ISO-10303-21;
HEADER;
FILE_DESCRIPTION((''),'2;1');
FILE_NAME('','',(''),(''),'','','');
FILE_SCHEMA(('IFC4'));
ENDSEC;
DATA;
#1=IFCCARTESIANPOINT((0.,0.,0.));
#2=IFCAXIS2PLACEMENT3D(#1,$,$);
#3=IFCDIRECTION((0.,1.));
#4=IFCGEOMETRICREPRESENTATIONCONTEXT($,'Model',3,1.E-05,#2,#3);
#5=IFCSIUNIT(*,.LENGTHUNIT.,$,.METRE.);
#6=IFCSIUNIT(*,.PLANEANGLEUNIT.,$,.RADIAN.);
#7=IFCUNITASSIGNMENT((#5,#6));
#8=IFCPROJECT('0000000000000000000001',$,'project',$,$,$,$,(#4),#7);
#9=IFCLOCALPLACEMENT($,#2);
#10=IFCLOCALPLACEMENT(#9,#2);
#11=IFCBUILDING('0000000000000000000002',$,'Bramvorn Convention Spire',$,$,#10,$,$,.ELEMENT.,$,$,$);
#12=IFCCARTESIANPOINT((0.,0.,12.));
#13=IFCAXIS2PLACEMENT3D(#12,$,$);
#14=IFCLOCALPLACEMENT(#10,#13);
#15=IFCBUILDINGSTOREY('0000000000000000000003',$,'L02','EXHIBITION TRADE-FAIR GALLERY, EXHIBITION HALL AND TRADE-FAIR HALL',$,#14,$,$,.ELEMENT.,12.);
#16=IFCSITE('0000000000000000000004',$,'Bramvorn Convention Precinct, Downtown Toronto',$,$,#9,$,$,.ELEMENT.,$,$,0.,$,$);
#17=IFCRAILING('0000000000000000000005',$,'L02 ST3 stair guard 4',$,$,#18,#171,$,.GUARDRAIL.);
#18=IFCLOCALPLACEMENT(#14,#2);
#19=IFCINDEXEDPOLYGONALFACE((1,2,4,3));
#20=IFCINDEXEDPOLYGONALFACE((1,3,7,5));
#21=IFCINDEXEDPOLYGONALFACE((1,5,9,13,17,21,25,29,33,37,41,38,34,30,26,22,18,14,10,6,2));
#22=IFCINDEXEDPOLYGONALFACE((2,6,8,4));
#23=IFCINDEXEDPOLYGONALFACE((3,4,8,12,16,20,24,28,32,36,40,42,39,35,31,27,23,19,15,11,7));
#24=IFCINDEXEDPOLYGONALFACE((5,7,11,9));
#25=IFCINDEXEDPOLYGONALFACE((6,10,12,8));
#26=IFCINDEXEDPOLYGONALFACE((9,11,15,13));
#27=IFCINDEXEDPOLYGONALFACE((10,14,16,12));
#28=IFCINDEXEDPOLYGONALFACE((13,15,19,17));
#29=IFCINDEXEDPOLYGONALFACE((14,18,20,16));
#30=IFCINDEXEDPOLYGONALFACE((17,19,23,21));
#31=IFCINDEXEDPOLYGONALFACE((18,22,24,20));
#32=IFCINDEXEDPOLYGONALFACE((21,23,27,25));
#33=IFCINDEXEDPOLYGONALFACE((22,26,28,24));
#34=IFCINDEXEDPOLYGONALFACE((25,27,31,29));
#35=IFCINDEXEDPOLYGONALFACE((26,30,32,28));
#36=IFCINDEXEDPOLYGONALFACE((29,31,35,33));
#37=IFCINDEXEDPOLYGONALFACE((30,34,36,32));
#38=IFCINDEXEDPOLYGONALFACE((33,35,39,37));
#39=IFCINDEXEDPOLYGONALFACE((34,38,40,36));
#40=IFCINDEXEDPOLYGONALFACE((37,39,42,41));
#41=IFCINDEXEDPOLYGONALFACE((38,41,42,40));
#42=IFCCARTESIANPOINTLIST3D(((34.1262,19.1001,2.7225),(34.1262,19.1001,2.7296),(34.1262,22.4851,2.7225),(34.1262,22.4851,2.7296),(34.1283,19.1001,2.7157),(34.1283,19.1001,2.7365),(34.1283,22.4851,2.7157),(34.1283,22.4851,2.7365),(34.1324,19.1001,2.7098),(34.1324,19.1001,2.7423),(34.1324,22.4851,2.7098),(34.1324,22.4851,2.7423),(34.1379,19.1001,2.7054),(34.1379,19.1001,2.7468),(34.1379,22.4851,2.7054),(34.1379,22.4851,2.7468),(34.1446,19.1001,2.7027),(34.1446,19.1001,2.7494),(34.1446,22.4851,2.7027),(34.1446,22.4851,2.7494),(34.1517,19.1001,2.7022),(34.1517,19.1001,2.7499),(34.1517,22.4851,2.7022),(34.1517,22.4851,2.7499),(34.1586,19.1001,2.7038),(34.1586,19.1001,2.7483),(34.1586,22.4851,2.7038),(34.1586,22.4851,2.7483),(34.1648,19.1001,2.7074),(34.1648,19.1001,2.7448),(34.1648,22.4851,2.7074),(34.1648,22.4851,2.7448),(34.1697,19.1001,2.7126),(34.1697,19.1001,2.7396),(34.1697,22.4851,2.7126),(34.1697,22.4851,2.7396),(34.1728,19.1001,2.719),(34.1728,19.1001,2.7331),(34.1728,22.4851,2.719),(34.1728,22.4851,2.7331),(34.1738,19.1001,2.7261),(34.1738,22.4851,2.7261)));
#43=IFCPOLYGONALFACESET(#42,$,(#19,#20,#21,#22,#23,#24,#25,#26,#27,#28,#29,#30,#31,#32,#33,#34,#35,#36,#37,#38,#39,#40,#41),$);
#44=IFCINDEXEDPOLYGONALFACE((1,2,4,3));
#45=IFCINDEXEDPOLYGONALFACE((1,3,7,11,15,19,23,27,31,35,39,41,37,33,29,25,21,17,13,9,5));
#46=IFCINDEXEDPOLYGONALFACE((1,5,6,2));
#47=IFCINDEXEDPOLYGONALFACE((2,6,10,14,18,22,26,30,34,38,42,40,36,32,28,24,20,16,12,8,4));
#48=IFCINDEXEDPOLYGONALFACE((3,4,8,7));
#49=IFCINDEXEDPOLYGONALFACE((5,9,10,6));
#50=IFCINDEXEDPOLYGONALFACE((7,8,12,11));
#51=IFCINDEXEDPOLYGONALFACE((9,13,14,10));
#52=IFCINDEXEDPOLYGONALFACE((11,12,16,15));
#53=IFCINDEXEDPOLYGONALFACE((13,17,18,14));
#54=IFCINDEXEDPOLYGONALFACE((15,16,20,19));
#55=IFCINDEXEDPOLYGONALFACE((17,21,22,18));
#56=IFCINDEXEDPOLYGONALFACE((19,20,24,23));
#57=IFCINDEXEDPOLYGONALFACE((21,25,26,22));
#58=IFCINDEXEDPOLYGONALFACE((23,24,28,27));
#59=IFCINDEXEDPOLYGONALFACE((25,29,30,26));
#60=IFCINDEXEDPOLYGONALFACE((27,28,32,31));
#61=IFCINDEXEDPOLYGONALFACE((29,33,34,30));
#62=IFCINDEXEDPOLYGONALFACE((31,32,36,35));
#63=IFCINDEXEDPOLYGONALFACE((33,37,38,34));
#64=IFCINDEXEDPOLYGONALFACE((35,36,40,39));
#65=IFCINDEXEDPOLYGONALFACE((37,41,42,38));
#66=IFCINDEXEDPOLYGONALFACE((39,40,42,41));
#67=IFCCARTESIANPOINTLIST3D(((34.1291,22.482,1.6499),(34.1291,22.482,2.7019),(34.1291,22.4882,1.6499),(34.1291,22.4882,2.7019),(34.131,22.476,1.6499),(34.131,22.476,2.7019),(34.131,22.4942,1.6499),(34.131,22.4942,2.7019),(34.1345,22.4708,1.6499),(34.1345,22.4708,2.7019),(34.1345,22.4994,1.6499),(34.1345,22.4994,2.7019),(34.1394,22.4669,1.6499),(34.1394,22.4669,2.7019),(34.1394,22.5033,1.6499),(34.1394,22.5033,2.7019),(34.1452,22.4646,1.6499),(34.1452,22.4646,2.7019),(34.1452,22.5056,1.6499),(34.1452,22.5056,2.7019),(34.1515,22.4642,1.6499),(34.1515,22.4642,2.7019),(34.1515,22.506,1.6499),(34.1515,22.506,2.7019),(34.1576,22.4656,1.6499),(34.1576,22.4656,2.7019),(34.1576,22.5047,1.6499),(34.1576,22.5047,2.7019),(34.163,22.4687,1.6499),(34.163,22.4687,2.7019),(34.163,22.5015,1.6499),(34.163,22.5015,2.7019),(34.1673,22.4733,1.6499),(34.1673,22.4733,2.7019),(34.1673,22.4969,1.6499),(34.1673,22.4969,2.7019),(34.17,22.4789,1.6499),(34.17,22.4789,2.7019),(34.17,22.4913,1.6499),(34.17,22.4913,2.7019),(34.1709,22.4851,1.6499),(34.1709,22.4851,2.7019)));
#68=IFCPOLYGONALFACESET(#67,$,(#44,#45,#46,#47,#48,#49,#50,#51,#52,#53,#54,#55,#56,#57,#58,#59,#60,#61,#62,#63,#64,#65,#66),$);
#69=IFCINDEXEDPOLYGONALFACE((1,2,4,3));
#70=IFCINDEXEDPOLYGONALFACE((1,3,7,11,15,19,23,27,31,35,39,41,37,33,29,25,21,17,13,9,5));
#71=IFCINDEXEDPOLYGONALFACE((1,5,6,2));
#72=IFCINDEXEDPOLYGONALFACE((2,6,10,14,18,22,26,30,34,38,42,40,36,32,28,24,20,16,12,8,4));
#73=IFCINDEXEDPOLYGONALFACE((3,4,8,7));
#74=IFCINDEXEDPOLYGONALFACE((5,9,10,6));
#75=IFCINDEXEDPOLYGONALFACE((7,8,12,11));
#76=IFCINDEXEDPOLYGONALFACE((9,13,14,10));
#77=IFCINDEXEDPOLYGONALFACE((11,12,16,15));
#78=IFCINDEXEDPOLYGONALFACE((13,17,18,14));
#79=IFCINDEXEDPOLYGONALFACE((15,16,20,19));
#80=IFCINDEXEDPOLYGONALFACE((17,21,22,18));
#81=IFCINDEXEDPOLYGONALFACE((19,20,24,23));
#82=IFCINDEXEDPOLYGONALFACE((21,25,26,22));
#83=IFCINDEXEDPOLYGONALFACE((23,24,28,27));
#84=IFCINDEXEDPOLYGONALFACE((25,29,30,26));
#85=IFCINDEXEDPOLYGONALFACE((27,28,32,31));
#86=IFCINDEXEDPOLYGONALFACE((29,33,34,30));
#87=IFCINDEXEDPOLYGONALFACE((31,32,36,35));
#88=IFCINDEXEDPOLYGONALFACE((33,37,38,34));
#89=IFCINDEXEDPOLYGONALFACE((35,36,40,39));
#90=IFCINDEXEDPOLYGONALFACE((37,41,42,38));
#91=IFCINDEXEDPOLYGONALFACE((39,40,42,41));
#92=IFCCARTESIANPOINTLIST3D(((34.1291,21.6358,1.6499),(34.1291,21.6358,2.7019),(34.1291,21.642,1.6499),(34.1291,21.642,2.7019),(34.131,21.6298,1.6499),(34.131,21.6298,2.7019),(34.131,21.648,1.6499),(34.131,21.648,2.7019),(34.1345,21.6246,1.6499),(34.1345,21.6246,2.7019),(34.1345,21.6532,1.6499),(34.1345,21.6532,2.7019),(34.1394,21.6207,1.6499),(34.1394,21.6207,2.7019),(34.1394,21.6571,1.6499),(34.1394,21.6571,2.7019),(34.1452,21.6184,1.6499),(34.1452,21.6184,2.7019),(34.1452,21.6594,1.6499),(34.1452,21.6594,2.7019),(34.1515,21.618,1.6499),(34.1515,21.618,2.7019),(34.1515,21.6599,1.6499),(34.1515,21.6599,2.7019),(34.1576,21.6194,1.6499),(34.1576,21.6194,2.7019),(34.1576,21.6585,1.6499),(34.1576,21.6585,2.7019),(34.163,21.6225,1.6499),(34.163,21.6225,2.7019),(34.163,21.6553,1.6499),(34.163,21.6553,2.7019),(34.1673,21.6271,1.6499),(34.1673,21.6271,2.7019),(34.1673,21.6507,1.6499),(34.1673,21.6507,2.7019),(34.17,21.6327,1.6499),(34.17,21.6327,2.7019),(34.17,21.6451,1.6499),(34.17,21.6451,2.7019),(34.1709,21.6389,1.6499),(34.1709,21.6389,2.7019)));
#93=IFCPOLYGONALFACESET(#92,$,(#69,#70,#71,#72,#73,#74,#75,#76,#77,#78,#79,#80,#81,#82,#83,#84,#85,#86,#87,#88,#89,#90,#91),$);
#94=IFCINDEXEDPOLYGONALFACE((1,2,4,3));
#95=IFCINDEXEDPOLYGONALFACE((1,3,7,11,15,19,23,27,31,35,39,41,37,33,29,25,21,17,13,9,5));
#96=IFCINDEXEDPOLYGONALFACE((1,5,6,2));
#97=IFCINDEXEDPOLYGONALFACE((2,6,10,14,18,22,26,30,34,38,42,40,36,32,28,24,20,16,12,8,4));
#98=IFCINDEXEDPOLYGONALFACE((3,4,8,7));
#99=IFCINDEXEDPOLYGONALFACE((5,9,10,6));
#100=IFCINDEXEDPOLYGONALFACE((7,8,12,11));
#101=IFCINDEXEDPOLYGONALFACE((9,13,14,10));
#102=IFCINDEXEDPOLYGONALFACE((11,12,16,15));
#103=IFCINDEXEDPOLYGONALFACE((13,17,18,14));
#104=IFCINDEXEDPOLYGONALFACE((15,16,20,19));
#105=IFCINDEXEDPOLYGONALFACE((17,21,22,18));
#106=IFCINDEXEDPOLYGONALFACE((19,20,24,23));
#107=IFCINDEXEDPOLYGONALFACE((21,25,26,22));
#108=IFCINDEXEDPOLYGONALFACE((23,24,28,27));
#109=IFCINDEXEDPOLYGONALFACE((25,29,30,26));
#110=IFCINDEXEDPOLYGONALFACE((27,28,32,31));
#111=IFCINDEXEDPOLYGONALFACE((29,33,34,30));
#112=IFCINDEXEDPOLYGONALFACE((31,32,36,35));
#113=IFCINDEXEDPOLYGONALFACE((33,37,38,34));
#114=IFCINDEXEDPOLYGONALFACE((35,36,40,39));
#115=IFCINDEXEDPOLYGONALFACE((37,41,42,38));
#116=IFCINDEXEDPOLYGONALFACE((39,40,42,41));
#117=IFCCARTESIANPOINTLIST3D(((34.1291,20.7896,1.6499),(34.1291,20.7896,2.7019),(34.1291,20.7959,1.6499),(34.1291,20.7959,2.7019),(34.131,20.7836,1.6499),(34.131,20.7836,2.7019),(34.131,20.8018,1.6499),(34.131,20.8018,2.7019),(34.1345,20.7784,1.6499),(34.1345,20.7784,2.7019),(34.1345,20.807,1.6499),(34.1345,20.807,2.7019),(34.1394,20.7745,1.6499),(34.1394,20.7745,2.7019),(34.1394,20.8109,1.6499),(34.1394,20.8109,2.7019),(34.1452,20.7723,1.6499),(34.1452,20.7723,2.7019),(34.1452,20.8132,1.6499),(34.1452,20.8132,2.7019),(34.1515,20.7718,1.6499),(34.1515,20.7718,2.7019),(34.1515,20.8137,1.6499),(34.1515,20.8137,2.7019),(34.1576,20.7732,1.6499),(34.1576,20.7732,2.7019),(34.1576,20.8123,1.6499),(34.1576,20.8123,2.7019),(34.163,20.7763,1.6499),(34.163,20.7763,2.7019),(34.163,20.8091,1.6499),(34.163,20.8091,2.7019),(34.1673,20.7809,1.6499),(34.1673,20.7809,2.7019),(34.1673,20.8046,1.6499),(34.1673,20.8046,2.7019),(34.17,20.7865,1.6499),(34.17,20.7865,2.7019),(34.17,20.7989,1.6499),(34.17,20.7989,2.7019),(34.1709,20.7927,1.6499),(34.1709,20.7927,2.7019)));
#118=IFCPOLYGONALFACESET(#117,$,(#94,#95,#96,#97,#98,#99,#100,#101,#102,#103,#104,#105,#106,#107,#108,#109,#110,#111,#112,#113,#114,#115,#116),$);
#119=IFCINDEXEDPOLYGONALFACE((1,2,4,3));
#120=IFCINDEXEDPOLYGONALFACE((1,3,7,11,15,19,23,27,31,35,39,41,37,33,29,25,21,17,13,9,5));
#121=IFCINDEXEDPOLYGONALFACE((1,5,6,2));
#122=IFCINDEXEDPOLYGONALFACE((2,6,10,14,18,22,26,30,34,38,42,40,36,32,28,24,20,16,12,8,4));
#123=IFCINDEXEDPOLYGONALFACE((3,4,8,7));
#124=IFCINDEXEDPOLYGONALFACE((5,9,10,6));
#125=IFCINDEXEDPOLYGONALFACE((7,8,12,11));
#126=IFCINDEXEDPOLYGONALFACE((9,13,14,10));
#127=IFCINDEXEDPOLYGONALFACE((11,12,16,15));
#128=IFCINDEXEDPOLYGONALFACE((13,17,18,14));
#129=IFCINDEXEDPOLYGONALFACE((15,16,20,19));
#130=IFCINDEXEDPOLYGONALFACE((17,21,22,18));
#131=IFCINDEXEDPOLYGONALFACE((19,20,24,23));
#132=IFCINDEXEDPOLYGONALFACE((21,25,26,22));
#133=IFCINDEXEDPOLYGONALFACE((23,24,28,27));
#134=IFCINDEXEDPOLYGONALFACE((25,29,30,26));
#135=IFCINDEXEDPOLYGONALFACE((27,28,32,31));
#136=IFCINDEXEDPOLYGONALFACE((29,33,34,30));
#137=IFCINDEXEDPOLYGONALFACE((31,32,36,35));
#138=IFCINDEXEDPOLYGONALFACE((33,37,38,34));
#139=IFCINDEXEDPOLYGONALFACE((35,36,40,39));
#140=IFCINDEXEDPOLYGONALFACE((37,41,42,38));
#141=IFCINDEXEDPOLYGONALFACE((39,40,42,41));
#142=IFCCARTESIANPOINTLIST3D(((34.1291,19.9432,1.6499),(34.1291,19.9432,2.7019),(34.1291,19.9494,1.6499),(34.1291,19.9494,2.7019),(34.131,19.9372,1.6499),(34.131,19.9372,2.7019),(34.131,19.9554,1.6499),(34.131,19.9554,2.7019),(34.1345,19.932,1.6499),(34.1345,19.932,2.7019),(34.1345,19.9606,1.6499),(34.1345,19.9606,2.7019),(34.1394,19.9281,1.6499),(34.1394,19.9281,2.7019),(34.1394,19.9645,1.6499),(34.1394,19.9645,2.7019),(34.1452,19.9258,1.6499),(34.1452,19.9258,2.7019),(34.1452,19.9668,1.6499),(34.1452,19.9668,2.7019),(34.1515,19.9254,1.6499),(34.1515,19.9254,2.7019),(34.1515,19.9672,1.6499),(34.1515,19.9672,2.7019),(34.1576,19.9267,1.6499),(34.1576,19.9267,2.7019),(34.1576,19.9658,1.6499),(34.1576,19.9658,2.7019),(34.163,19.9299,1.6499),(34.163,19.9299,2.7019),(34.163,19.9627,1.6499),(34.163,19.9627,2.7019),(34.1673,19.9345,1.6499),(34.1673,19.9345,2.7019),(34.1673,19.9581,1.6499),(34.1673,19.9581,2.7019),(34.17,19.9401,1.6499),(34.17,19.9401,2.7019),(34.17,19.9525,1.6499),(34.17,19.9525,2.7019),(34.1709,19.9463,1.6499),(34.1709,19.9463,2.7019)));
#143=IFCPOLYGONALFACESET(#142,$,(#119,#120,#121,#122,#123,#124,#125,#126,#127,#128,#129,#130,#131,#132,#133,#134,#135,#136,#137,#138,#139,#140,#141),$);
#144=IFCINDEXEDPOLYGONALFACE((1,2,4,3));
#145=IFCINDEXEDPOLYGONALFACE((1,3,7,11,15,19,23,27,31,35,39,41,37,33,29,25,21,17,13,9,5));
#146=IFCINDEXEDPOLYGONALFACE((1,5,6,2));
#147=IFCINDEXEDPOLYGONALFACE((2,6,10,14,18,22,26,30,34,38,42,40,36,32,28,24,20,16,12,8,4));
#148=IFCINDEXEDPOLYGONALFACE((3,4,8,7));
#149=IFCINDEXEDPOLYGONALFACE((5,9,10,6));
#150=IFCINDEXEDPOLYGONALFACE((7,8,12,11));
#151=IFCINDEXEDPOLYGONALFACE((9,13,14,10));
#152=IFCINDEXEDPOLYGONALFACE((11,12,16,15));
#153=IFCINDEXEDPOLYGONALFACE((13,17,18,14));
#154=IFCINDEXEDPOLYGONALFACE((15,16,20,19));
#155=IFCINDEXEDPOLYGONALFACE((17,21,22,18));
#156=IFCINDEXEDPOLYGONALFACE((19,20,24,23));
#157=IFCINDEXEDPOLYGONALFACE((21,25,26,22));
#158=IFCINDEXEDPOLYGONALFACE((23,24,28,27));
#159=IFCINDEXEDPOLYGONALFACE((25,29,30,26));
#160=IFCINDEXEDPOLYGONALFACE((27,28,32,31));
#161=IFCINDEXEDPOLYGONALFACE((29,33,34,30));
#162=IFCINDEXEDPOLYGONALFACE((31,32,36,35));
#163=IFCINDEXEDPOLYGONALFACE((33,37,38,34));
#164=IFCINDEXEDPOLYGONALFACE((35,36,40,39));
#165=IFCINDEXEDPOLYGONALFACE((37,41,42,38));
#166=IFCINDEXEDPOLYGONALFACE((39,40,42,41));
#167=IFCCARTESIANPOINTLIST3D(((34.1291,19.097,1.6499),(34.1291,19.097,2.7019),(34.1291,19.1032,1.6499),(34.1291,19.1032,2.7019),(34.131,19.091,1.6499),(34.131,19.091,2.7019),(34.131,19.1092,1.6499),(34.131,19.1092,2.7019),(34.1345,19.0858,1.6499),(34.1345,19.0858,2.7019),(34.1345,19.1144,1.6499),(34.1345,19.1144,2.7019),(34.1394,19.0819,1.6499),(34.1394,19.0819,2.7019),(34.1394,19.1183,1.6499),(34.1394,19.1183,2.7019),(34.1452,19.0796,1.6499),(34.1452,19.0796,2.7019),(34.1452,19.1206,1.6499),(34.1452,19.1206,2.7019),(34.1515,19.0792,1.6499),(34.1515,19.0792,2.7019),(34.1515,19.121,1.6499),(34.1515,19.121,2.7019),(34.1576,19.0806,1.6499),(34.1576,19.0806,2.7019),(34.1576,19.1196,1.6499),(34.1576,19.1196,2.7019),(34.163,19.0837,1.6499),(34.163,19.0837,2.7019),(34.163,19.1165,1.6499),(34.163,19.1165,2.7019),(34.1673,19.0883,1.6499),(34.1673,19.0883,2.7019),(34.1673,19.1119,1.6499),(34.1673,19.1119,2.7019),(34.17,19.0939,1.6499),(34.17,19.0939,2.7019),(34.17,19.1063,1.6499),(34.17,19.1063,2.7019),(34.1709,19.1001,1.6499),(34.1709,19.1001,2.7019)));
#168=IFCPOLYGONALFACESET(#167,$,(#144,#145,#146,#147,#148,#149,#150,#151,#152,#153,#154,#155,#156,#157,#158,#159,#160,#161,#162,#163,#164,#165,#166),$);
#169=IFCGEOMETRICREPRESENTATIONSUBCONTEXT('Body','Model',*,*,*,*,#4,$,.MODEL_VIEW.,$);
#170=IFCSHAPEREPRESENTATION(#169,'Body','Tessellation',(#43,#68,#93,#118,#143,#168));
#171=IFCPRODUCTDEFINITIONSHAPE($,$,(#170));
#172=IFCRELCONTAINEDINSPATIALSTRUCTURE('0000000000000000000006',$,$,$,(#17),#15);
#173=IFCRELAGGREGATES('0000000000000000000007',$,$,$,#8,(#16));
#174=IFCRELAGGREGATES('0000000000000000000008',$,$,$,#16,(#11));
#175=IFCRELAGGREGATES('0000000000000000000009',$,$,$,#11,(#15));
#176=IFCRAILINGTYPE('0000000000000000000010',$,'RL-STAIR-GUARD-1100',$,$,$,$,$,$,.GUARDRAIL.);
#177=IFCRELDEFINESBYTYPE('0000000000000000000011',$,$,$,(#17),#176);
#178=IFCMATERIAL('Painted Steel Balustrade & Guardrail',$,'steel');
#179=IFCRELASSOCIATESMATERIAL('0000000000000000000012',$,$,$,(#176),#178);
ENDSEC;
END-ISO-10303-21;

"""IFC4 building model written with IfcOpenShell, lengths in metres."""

from ifc_helpers import new_model, si_unit, direction, frame, origin, origin_2d, place, context, subcontext, project, spatial, circle, extrude, material, type_object, element, save


model = new_model("IFC4")

# Units and contexts
model_context = context("Model", 3, precision=1e-05, world=origin(), true_north=direction((0.0, 1.0)))
body_context = subcontext(model_context, "Body", "Model", "MODEL_VIEW")
ifc_project = project(units=[si_unit("LENGTHUNIT", "METRE"), si_unit("PLANEANGLEUNIT", "RADIAN")], contexts=[model_context])

# Site, building, storey
site_placement = place(None, origin())
site = spatial("IfcSite", under=ifc_project, at=site_placement, Name="Bramvorn Convention Precinct, Downtown Toronto", CompositionType="ELEMENT", RefElevation=0.0)
building_placement = place(site_placement, origin())
building = spatial("IfcBuilding", under=site, at=building_placement, Name="Bramvorn Convention Spire", CompositionType="ELEMENT")
storey_placement = place(building_placement, frame((0.0, 0.0, 12.0)))
storey = spatial("IfcBuildingStorey", under=building, at=storey_placement, Name="L02", Description="EXHIBITION TRADE-FAIR GALLERY, EXHIBITION HALL AND TRADE-FAIR HALL", CompositionType="ELEMENT", Elevation=12.0)

# Railing
ifc_material_1 = material(Name="Painted Steel Balustrade & Guardrail", Category="steel")
railing_type_1 = type_object("IfcRailingType", Name="RL-STAIR-GUARD-1100", PredefinedType="GUARDRAIL", material=ifc_material_1)
railing_1_placement = place(storey_placement, frame((34.1499, 22.4851, 1.6499)))
element("IfcRailing", 1, at=railing_1_placement, inside=storey, type_object=railing_type_1, Name="L02 ST3 stair guard 4", PredefinedType="GUARDRAIL", context=body_context, shape_type="SweptSolid", body=[
    extrude(circle(Radius=0.0239, at=origin_2d()), frame((0.0, 0.0, 1.0762), z_axis=(0.0, -1.0, 0.0), x_axis=(1.0, 0.0, 0.0)), (0.0, 0.0, 1.0), 3.385),
    extrude(circle(Radius=0.021, at=origin_2d()), origin(), (0.0, 0.0, 1.0), 1.052),
    extrude(circle(Radius=0.021, at=origin_2d()), frame((0.0, -0.8462, 0.0)), (0.0, 0.0, 1.0), 1.052),
    extrude(circle(Radius=0.021, at=origin_2d()), frame((0.0, -1.6924, 0.0)), (0.0, 0.0, 1.0), 1.052),
    extrude(circle(Radius=0.021, at=origin_2d()), frame((0.0, -2.5388, 0.0)), (0.0, 0.0, 1.0), 1.052),
    extrude(circle(Radius=0.021, at=origin_2d()), frame((0.0, -3.385, 0.0)), (0.0, 0.0, 1.0), 1.052),
])

save(model, "model.ifc")
